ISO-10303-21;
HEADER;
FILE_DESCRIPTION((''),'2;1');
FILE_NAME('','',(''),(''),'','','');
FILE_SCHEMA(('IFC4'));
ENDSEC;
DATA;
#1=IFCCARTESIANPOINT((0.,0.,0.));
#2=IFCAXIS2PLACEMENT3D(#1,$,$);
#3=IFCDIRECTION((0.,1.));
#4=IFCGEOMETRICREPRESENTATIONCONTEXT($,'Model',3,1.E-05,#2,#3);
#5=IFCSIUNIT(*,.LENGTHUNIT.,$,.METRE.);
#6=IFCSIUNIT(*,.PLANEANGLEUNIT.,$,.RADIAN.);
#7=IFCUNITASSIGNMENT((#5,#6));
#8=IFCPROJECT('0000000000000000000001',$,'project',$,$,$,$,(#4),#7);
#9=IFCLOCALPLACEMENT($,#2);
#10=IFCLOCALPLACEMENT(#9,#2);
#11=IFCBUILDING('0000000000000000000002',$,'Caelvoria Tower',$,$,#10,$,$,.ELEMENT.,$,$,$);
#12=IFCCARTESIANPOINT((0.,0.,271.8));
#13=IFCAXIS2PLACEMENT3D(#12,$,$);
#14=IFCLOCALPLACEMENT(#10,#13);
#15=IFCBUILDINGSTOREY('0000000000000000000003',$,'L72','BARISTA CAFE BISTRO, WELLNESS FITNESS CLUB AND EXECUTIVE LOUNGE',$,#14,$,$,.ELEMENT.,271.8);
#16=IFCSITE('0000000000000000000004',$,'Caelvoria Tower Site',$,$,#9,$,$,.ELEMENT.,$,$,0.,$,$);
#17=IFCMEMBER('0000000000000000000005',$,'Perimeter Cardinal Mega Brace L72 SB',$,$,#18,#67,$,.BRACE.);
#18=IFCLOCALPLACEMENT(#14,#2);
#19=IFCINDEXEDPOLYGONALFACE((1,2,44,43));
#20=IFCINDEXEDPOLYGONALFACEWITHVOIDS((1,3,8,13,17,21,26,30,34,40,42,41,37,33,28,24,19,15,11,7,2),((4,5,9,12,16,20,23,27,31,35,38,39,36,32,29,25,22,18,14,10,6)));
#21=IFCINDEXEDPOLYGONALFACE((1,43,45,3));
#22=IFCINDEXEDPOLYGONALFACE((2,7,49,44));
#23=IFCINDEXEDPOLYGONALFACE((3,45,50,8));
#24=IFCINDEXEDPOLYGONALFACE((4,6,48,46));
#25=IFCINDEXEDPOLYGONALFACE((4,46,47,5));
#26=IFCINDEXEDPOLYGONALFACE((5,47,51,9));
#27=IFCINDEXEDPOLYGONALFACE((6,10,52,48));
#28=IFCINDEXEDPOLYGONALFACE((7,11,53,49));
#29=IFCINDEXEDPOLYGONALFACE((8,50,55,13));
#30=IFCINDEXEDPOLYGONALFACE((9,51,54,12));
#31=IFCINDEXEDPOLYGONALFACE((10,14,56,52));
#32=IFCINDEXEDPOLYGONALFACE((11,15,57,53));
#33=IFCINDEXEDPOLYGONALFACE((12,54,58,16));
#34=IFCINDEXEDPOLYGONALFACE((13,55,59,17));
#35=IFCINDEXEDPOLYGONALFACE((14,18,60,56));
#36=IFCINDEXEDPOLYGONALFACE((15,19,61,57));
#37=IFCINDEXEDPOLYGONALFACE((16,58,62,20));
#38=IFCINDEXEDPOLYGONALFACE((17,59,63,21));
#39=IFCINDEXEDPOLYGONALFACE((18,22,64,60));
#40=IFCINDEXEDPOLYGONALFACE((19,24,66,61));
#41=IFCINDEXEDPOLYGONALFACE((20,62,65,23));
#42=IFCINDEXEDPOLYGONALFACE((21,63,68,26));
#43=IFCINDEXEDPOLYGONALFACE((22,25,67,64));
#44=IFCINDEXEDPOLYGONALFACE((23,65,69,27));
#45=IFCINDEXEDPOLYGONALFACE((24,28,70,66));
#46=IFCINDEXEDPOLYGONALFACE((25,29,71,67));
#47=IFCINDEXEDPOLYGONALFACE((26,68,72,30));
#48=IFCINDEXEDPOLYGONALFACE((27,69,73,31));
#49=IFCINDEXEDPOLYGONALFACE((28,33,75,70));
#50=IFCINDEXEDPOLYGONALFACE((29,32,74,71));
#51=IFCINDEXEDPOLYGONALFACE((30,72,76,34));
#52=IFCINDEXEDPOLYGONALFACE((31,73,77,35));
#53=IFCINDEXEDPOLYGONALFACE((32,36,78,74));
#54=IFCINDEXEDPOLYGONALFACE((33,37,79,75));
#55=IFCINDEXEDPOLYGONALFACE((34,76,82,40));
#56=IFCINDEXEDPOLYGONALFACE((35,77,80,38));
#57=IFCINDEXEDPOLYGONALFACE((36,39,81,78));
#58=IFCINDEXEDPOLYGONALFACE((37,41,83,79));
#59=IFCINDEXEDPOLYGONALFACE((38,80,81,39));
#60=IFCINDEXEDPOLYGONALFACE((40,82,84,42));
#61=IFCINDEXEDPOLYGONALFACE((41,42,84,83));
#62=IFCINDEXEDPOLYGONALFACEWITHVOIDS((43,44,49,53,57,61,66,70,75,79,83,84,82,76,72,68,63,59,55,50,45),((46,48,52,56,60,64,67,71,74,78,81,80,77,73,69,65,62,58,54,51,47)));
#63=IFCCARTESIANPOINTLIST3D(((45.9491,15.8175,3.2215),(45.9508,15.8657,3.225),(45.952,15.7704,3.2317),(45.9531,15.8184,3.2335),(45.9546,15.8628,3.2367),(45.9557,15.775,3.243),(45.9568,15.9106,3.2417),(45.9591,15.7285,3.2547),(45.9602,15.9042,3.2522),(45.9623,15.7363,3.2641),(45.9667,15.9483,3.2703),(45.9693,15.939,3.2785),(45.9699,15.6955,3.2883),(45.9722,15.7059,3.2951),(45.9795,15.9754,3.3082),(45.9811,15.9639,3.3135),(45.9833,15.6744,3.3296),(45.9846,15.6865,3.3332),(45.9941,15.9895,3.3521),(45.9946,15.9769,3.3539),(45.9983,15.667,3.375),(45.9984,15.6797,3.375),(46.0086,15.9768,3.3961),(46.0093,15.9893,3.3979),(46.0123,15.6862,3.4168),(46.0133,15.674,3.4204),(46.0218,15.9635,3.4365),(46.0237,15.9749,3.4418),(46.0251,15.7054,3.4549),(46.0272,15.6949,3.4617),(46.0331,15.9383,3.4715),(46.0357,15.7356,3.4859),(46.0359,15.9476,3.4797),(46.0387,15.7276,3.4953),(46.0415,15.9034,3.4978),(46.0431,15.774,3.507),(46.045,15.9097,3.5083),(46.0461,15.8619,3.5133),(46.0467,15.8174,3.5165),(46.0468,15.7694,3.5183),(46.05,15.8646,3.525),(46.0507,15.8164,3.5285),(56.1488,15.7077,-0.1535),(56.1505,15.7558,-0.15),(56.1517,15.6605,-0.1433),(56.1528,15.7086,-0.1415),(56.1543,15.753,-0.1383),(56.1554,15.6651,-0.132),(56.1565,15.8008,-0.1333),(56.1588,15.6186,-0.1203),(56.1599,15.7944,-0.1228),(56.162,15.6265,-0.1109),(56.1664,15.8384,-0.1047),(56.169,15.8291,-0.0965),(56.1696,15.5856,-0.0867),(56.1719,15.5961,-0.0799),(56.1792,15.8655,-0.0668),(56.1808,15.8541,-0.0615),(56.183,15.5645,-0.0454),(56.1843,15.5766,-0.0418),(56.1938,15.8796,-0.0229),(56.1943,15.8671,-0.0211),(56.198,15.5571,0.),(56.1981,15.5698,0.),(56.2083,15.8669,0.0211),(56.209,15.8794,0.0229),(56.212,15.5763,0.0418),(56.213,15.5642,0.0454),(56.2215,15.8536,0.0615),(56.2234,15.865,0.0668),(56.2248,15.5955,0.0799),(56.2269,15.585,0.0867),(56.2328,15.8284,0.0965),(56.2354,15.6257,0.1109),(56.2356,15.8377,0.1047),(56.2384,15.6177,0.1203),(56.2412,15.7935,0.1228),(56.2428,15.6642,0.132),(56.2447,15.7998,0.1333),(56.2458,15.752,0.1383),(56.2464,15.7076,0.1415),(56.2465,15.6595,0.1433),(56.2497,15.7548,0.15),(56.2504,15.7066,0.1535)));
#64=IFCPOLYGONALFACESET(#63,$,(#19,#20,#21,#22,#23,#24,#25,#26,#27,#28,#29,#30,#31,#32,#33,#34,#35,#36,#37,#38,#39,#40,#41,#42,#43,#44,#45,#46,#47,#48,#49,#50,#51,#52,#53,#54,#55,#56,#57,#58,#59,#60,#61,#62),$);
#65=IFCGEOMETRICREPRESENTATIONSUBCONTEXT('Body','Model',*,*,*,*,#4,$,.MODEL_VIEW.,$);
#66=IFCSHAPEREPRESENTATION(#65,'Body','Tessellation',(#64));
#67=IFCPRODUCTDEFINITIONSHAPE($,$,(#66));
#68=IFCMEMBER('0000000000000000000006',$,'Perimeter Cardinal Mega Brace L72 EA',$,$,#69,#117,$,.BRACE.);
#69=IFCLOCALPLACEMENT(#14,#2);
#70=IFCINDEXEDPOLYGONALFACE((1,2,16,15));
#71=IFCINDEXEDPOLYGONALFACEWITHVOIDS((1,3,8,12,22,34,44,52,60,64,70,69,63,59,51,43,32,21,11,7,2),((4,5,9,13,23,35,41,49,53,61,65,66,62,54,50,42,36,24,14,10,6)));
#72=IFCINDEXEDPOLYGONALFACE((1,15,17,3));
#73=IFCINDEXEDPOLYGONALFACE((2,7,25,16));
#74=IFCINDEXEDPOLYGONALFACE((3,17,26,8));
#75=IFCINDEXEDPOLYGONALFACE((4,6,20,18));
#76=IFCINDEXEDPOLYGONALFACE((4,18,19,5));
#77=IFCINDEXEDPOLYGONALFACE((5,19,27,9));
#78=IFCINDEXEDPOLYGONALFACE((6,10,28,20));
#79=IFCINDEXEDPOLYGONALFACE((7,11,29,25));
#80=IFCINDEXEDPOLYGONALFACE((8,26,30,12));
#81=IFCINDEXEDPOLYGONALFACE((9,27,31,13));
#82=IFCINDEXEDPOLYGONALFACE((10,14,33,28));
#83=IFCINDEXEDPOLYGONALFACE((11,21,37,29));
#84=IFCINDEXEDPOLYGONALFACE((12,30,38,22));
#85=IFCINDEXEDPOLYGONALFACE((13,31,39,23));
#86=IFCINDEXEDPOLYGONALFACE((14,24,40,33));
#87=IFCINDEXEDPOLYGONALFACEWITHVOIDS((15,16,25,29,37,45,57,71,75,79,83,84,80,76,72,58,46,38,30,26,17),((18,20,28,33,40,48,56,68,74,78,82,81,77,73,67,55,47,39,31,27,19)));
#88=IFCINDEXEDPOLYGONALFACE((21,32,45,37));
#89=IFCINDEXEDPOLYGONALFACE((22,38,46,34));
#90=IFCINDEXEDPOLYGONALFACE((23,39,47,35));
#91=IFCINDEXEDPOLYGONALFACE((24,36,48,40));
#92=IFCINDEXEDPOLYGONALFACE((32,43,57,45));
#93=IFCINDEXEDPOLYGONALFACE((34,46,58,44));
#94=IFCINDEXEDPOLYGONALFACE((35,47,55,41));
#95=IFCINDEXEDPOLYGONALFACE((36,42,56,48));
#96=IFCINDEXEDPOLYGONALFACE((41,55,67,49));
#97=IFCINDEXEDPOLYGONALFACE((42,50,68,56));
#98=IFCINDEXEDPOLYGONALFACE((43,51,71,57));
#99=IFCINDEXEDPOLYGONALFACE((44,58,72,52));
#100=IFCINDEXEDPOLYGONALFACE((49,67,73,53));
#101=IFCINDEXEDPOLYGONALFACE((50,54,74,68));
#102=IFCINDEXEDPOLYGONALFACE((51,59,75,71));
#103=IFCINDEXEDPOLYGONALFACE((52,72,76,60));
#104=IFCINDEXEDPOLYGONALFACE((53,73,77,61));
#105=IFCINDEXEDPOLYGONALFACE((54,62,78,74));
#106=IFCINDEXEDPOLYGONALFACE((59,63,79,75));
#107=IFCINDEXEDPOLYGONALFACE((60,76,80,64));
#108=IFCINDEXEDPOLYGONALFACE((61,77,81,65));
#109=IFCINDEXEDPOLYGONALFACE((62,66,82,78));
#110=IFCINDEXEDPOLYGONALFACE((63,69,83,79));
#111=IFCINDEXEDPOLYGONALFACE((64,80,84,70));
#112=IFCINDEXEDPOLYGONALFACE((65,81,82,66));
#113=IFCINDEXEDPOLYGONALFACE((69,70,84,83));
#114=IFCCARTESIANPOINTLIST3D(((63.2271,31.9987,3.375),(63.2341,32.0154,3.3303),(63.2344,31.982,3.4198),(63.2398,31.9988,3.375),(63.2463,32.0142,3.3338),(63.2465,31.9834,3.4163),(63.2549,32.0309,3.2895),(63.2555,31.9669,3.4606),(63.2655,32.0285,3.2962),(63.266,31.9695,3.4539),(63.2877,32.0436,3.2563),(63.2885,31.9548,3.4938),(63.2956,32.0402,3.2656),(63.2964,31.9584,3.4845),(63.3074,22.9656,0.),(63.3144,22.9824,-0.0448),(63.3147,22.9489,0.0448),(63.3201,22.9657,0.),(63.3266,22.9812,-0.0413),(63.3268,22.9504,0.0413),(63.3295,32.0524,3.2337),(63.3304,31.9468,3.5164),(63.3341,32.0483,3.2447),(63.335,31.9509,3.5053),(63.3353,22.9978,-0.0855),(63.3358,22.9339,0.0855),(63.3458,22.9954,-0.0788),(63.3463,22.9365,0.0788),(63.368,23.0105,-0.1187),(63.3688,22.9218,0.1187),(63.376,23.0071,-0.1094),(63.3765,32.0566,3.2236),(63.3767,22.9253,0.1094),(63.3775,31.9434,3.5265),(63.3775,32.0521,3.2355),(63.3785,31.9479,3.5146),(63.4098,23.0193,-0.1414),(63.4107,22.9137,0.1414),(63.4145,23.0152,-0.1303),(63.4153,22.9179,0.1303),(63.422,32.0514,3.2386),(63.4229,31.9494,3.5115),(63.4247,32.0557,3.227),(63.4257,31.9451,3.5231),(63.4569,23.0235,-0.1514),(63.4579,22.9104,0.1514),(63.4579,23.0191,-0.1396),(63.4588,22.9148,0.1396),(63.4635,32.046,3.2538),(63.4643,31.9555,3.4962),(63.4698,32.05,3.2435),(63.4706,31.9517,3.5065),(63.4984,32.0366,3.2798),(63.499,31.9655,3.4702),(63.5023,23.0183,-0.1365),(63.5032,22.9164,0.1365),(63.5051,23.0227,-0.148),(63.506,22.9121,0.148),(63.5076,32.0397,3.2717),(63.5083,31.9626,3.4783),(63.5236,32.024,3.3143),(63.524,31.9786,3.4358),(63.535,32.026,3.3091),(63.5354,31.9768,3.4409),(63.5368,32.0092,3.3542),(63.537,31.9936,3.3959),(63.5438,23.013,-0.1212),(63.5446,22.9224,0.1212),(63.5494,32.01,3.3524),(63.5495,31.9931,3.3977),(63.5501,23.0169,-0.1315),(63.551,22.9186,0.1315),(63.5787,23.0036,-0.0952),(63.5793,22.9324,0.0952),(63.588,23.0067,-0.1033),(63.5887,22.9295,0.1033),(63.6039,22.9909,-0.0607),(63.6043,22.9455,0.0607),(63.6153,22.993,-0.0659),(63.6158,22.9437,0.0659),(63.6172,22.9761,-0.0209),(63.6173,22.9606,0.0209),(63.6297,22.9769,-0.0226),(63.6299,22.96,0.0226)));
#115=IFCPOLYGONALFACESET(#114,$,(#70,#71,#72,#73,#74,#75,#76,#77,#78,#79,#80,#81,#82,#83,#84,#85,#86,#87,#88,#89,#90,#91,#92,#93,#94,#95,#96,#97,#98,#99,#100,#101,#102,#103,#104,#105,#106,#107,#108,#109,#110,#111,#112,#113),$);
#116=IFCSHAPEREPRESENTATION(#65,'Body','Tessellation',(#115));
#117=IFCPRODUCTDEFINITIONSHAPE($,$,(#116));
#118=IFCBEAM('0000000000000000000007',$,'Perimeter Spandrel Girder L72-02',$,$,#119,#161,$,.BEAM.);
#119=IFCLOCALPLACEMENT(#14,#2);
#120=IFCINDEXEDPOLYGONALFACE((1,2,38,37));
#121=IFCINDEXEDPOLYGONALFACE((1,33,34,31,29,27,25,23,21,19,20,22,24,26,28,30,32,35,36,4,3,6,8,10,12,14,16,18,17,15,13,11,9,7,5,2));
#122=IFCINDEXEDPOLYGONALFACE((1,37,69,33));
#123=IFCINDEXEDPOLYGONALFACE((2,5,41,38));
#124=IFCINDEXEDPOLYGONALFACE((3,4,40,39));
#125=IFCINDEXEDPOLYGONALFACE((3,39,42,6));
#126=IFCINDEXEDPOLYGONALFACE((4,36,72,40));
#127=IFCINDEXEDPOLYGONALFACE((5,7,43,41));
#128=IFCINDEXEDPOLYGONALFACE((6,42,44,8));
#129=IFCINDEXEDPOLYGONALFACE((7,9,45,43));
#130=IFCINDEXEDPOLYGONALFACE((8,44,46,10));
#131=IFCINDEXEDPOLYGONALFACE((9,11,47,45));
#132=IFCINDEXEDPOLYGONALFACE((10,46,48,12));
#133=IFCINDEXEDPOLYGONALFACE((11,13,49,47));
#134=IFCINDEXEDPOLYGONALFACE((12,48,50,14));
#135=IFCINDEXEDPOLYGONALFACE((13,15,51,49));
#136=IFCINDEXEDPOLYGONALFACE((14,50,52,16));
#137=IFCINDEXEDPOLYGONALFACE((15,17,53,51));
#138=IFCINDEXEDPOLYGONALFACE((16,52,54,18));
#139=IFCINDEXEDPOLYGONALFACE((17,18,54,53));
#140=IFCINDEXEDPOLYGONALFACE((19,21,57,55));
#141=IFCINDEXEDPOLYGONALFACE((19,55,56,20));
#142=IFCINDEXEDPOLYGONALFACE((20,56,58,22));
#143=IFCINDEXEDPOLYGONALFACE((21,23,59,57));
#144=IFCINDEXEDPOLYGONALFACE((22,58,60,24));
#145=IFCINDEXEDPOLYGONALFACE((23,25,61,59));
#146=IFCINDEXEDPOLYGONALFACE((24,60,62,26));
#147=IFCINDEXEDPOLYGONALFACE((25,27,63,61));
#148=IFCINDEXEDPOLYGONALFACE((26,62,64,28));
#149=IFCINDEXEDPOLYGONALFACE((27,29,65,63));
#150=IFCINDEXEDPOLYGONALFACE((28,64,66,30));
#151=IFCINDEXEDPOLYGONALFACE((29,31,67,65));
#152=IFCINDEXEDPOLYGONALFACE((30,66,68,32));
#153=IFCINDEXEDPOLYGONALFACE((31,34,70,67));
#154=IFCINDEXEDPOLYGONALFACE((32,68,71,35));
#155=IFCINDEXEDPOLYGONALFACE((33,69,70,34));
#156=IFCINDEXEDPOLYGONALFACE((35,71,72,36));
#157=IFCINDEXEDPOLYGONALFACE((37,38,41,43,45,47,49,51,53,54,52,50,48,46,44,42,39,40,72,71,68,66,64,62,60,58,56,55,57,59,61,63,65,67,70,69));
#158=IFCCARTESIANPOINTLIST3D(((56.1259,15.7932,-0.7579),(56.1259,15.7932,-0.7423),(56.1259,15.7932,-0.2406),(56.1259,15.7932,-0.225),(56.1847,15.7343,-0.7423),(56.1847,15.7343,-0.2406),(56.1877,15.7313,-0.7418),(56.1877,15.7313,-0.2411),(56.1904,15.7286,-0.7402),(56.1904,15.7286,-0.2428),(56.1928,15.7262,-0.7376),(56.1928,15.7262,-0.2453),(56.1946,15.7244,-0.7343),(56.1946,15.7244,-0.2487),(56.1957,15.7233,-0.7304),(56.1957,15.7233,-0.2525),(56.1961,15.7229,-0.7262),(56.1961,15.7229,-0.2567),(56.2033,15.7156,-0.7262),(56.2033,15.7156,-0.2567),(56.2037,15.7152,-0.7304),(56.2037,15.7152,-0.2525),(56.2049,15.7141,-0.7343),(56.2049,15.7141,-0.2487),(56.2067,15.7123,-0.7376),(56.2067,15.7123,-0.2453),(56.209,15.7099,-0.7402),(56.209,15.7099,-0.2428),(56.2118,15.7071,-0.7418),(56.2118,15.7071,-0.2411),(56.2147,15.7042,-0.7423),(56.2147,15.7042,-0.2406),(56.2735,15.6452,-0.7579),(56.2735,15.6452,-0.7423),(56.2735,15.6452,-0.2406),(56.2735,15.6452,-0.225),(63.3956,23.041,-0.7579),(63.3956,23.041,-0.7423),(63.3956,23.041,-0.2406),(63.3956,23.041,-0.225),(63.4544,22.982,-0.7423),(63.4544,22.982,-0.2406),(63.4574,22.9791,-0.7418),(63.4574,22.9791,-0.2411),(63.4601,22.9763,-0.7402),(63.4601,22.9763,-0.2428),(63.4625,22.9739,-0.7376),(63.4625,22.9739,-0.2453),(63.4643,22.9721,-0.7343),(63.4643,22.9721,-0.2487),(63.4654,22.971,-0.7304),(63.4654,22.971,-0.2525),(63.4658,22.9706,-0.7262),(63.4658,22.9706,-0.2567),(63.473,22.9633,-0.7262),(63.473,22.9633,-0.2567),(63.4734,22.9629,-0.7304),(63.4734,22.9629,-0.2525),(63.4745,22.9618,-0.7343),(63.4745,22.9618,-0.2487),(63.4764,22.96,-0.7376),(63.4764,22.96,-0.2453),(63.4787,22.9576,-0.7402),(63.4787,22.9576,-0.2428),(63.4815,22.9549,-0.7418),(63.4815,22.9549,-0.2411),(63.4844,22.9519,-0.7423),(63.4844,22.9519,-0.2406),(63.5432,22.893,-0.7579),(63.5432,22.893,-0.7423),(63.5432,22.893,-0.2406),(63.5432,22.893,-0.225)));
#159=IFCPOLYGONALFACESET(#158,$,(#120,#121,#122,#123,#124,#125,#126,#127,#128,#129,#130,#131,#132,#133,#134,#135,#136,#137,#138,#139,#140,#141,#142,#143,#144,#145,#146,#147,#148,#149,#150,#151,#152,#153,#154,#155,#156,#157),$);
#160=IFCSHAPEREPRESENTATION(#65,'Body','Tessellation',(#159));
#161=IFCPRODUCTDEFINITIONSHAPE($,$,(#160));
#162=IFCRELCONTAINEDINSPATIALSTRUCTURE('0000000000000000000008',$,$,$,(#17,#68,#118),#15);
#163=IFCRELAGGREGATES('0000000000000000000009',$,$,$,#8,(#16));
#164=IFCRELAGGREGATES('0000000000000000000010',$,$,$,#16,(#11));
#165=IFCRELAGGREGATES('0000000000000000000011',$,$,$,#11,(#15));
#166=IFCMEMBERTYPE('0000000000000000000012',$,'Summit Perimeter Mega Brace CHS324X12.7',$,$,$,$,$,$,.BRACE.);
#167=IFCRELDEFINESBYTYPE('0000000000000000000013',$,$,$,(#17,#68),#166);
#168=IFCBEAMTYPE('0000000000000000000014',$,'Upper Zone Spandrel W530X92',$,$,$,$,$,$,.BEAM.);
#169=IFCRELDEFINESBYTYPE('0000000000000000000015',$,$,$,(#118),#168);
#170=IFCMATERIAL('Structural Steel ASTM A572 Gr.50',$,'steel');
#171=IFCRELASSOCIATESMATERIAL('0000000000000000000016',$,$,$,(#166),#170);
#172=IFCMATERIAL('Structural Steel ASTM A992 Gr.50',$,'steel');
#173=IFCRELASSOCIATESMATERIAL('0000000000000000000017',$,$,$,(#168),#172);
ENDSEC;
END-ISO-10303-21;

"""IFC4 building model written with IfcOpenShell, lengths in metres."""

from ifc_helpers import new_model, si_unit, direction, frame, origin, origin_2d, place, context, subcontext, project, spatial, hollow_circle, i_section, extrude, material, material_profile, profile_set, type_object, element, save


model = new_model("IFC4")

# Units and contexts
model_context = context("Model", 3, precision=1e-05, world=origin(), true_north=direction((0.0, 1.0)))
body_context = subcontext(model_context, "Body", "Model", "MODEL_VIEW")
ifc_project = project(units=[si_unit("LENGTHUNIT", "METRE"), si_unit("PLANEANGLEUNIT", "RADIAN")], contexts=[model_context])

# Site, building, storey
site_placement = place(None, origin())
site = spatial("IfcSite", under=ifc_project, at=site_placement, Name="Caelvoria Tower Site", CompositionType="ELEMENT", RefElevation=0.0)
building_placement = place(site_placement, origin())
building = spatial("IfcBuilding", under=site, at=building_placement, Name="Caelvoria Tower", CompositionType="ELEMENT")
storey_placement = place(building_placement, frame((0.0, 0.0, 271.8)))
storey = spatial("IfcBuildingStorey", under=building, at=storey_placement, Name="L72", Description="BARISTA CAFE BISTRO, WELLNESS FITNESS CLUB AND EXECUTIVE LOUNGE", CompositionType="ELEMENT", Elevation=271.8)

# Shared definitions
ifc_material_1 = material(Name="Structural Steel ASTM A572 Gr.50", Category="steel")
ifc_material_2 = material(Name="Structural Steel ASTM A992 Gr.50", Category="steel")

# Members
ifc_material_profile_1 = material_profile(ifc_material_1, hollow_circle(Radius=0.1621, WallThickness=0.0127, at=origin_2d()), Name="Structural Steel ASTM A572 Gr.50")
ifc_profile_set_1 = profile_set([ifc_material_profile_1], Name="CHS324X12.7 - Structural Steel ASTM A572 Gr.50")
member_type = type_object("IfcMemberType", Name="Summit Perimeter Mega Brace CHS324X12.7", PredefinedType="BRACE", material=ifc_profile_set_1)
member_1_placement = place(storey_placement, frame((56.1997, 15.7192, 0.0), z_axis=(-0.949327, 0.010225, 0.314124), x_axis=(-0.010771, -0.999942, 0.0)))
element("IfcMember", 1, at=member_1_placement, inside=storey, type_object=member_type, Name="Perimeter Cardinal Mega Brace L72 SB", PredefinedType="BRACE", context=body_context, shape_type="SweptSolid", body=[
    extrude(hollow_circle(Radius=0.1621, WallThickness=0.0127, at=origin_2d()), origin(), (0.0, 0.0, 1.0), 10.7441),
])
member_2_placement = place(storey_placement, frame((63.4695, 22.967, 0.0), z_axis=(-0.008329, 0.936717, 0.349987), x_axis=(-0.99996, -0.008892, 0.0)))
element("IfcMember", 2, at=member_2_placement, inside=storey, type_object=member_type, Name="Perimeter Cardinal Mega Brace L72 EA", PredefinedType="BRACE", context=body_context, shape_type="SweptSolid", body=[
    extrude(hollow_circle(Radius=0.1621, WallThickness=0.0127, at=origin_2d()), origin(), (0.0, 0.0, 1.0), 9.6433),
])

# Beam
ifc_material_profile_2 = material_profile(ifc_material_2, i_section(OverallWidth=0.209, OverallDepth=0.533, WebThickness=0.0103, FlangeThickness=0.0156, FilletRadius=0.0161, at=origin_2d()), Name="Structural Steel ASTM A992 Gr.50")
ifc_profile_set_2 = profile_set([ifc_material_profile_2], Name="W530X92 - Structural Steel ASTM A992 Gr.50")
beam_type_1 = type_object("IfcBeamType", Name="Upper Zone Spandrel W530X92", PredefinedType="BEAM", material=ifc_profile_set_2)
beam_1_placement = place(storey_placement, frame((56.1997, 15.7192, -0.4915), z_axis=(0.708176, 0.706036, 0.0), x_axis=(-0.706036, 0.708176, 0.0)))
element("IfcBeam", 3, at=beam_1_placement, inside=storey, type_object=beam_type_1, Name="Perimeter Spandrel Girder L72-02", PredefinedType="BEAM", context=body_context, shape_type="SweptSolid", body=[
    extrude(i_section(OverallWidth=0.209, OverallDepth=0.533, WebThickness=0.0103, FlangeThickness=0.0156, FilletRadius=0.0161, at=origin_2d()), origin(), (0.0, 0.0, 1.0), 10.2654),
])

save(model, "model.ifc")
